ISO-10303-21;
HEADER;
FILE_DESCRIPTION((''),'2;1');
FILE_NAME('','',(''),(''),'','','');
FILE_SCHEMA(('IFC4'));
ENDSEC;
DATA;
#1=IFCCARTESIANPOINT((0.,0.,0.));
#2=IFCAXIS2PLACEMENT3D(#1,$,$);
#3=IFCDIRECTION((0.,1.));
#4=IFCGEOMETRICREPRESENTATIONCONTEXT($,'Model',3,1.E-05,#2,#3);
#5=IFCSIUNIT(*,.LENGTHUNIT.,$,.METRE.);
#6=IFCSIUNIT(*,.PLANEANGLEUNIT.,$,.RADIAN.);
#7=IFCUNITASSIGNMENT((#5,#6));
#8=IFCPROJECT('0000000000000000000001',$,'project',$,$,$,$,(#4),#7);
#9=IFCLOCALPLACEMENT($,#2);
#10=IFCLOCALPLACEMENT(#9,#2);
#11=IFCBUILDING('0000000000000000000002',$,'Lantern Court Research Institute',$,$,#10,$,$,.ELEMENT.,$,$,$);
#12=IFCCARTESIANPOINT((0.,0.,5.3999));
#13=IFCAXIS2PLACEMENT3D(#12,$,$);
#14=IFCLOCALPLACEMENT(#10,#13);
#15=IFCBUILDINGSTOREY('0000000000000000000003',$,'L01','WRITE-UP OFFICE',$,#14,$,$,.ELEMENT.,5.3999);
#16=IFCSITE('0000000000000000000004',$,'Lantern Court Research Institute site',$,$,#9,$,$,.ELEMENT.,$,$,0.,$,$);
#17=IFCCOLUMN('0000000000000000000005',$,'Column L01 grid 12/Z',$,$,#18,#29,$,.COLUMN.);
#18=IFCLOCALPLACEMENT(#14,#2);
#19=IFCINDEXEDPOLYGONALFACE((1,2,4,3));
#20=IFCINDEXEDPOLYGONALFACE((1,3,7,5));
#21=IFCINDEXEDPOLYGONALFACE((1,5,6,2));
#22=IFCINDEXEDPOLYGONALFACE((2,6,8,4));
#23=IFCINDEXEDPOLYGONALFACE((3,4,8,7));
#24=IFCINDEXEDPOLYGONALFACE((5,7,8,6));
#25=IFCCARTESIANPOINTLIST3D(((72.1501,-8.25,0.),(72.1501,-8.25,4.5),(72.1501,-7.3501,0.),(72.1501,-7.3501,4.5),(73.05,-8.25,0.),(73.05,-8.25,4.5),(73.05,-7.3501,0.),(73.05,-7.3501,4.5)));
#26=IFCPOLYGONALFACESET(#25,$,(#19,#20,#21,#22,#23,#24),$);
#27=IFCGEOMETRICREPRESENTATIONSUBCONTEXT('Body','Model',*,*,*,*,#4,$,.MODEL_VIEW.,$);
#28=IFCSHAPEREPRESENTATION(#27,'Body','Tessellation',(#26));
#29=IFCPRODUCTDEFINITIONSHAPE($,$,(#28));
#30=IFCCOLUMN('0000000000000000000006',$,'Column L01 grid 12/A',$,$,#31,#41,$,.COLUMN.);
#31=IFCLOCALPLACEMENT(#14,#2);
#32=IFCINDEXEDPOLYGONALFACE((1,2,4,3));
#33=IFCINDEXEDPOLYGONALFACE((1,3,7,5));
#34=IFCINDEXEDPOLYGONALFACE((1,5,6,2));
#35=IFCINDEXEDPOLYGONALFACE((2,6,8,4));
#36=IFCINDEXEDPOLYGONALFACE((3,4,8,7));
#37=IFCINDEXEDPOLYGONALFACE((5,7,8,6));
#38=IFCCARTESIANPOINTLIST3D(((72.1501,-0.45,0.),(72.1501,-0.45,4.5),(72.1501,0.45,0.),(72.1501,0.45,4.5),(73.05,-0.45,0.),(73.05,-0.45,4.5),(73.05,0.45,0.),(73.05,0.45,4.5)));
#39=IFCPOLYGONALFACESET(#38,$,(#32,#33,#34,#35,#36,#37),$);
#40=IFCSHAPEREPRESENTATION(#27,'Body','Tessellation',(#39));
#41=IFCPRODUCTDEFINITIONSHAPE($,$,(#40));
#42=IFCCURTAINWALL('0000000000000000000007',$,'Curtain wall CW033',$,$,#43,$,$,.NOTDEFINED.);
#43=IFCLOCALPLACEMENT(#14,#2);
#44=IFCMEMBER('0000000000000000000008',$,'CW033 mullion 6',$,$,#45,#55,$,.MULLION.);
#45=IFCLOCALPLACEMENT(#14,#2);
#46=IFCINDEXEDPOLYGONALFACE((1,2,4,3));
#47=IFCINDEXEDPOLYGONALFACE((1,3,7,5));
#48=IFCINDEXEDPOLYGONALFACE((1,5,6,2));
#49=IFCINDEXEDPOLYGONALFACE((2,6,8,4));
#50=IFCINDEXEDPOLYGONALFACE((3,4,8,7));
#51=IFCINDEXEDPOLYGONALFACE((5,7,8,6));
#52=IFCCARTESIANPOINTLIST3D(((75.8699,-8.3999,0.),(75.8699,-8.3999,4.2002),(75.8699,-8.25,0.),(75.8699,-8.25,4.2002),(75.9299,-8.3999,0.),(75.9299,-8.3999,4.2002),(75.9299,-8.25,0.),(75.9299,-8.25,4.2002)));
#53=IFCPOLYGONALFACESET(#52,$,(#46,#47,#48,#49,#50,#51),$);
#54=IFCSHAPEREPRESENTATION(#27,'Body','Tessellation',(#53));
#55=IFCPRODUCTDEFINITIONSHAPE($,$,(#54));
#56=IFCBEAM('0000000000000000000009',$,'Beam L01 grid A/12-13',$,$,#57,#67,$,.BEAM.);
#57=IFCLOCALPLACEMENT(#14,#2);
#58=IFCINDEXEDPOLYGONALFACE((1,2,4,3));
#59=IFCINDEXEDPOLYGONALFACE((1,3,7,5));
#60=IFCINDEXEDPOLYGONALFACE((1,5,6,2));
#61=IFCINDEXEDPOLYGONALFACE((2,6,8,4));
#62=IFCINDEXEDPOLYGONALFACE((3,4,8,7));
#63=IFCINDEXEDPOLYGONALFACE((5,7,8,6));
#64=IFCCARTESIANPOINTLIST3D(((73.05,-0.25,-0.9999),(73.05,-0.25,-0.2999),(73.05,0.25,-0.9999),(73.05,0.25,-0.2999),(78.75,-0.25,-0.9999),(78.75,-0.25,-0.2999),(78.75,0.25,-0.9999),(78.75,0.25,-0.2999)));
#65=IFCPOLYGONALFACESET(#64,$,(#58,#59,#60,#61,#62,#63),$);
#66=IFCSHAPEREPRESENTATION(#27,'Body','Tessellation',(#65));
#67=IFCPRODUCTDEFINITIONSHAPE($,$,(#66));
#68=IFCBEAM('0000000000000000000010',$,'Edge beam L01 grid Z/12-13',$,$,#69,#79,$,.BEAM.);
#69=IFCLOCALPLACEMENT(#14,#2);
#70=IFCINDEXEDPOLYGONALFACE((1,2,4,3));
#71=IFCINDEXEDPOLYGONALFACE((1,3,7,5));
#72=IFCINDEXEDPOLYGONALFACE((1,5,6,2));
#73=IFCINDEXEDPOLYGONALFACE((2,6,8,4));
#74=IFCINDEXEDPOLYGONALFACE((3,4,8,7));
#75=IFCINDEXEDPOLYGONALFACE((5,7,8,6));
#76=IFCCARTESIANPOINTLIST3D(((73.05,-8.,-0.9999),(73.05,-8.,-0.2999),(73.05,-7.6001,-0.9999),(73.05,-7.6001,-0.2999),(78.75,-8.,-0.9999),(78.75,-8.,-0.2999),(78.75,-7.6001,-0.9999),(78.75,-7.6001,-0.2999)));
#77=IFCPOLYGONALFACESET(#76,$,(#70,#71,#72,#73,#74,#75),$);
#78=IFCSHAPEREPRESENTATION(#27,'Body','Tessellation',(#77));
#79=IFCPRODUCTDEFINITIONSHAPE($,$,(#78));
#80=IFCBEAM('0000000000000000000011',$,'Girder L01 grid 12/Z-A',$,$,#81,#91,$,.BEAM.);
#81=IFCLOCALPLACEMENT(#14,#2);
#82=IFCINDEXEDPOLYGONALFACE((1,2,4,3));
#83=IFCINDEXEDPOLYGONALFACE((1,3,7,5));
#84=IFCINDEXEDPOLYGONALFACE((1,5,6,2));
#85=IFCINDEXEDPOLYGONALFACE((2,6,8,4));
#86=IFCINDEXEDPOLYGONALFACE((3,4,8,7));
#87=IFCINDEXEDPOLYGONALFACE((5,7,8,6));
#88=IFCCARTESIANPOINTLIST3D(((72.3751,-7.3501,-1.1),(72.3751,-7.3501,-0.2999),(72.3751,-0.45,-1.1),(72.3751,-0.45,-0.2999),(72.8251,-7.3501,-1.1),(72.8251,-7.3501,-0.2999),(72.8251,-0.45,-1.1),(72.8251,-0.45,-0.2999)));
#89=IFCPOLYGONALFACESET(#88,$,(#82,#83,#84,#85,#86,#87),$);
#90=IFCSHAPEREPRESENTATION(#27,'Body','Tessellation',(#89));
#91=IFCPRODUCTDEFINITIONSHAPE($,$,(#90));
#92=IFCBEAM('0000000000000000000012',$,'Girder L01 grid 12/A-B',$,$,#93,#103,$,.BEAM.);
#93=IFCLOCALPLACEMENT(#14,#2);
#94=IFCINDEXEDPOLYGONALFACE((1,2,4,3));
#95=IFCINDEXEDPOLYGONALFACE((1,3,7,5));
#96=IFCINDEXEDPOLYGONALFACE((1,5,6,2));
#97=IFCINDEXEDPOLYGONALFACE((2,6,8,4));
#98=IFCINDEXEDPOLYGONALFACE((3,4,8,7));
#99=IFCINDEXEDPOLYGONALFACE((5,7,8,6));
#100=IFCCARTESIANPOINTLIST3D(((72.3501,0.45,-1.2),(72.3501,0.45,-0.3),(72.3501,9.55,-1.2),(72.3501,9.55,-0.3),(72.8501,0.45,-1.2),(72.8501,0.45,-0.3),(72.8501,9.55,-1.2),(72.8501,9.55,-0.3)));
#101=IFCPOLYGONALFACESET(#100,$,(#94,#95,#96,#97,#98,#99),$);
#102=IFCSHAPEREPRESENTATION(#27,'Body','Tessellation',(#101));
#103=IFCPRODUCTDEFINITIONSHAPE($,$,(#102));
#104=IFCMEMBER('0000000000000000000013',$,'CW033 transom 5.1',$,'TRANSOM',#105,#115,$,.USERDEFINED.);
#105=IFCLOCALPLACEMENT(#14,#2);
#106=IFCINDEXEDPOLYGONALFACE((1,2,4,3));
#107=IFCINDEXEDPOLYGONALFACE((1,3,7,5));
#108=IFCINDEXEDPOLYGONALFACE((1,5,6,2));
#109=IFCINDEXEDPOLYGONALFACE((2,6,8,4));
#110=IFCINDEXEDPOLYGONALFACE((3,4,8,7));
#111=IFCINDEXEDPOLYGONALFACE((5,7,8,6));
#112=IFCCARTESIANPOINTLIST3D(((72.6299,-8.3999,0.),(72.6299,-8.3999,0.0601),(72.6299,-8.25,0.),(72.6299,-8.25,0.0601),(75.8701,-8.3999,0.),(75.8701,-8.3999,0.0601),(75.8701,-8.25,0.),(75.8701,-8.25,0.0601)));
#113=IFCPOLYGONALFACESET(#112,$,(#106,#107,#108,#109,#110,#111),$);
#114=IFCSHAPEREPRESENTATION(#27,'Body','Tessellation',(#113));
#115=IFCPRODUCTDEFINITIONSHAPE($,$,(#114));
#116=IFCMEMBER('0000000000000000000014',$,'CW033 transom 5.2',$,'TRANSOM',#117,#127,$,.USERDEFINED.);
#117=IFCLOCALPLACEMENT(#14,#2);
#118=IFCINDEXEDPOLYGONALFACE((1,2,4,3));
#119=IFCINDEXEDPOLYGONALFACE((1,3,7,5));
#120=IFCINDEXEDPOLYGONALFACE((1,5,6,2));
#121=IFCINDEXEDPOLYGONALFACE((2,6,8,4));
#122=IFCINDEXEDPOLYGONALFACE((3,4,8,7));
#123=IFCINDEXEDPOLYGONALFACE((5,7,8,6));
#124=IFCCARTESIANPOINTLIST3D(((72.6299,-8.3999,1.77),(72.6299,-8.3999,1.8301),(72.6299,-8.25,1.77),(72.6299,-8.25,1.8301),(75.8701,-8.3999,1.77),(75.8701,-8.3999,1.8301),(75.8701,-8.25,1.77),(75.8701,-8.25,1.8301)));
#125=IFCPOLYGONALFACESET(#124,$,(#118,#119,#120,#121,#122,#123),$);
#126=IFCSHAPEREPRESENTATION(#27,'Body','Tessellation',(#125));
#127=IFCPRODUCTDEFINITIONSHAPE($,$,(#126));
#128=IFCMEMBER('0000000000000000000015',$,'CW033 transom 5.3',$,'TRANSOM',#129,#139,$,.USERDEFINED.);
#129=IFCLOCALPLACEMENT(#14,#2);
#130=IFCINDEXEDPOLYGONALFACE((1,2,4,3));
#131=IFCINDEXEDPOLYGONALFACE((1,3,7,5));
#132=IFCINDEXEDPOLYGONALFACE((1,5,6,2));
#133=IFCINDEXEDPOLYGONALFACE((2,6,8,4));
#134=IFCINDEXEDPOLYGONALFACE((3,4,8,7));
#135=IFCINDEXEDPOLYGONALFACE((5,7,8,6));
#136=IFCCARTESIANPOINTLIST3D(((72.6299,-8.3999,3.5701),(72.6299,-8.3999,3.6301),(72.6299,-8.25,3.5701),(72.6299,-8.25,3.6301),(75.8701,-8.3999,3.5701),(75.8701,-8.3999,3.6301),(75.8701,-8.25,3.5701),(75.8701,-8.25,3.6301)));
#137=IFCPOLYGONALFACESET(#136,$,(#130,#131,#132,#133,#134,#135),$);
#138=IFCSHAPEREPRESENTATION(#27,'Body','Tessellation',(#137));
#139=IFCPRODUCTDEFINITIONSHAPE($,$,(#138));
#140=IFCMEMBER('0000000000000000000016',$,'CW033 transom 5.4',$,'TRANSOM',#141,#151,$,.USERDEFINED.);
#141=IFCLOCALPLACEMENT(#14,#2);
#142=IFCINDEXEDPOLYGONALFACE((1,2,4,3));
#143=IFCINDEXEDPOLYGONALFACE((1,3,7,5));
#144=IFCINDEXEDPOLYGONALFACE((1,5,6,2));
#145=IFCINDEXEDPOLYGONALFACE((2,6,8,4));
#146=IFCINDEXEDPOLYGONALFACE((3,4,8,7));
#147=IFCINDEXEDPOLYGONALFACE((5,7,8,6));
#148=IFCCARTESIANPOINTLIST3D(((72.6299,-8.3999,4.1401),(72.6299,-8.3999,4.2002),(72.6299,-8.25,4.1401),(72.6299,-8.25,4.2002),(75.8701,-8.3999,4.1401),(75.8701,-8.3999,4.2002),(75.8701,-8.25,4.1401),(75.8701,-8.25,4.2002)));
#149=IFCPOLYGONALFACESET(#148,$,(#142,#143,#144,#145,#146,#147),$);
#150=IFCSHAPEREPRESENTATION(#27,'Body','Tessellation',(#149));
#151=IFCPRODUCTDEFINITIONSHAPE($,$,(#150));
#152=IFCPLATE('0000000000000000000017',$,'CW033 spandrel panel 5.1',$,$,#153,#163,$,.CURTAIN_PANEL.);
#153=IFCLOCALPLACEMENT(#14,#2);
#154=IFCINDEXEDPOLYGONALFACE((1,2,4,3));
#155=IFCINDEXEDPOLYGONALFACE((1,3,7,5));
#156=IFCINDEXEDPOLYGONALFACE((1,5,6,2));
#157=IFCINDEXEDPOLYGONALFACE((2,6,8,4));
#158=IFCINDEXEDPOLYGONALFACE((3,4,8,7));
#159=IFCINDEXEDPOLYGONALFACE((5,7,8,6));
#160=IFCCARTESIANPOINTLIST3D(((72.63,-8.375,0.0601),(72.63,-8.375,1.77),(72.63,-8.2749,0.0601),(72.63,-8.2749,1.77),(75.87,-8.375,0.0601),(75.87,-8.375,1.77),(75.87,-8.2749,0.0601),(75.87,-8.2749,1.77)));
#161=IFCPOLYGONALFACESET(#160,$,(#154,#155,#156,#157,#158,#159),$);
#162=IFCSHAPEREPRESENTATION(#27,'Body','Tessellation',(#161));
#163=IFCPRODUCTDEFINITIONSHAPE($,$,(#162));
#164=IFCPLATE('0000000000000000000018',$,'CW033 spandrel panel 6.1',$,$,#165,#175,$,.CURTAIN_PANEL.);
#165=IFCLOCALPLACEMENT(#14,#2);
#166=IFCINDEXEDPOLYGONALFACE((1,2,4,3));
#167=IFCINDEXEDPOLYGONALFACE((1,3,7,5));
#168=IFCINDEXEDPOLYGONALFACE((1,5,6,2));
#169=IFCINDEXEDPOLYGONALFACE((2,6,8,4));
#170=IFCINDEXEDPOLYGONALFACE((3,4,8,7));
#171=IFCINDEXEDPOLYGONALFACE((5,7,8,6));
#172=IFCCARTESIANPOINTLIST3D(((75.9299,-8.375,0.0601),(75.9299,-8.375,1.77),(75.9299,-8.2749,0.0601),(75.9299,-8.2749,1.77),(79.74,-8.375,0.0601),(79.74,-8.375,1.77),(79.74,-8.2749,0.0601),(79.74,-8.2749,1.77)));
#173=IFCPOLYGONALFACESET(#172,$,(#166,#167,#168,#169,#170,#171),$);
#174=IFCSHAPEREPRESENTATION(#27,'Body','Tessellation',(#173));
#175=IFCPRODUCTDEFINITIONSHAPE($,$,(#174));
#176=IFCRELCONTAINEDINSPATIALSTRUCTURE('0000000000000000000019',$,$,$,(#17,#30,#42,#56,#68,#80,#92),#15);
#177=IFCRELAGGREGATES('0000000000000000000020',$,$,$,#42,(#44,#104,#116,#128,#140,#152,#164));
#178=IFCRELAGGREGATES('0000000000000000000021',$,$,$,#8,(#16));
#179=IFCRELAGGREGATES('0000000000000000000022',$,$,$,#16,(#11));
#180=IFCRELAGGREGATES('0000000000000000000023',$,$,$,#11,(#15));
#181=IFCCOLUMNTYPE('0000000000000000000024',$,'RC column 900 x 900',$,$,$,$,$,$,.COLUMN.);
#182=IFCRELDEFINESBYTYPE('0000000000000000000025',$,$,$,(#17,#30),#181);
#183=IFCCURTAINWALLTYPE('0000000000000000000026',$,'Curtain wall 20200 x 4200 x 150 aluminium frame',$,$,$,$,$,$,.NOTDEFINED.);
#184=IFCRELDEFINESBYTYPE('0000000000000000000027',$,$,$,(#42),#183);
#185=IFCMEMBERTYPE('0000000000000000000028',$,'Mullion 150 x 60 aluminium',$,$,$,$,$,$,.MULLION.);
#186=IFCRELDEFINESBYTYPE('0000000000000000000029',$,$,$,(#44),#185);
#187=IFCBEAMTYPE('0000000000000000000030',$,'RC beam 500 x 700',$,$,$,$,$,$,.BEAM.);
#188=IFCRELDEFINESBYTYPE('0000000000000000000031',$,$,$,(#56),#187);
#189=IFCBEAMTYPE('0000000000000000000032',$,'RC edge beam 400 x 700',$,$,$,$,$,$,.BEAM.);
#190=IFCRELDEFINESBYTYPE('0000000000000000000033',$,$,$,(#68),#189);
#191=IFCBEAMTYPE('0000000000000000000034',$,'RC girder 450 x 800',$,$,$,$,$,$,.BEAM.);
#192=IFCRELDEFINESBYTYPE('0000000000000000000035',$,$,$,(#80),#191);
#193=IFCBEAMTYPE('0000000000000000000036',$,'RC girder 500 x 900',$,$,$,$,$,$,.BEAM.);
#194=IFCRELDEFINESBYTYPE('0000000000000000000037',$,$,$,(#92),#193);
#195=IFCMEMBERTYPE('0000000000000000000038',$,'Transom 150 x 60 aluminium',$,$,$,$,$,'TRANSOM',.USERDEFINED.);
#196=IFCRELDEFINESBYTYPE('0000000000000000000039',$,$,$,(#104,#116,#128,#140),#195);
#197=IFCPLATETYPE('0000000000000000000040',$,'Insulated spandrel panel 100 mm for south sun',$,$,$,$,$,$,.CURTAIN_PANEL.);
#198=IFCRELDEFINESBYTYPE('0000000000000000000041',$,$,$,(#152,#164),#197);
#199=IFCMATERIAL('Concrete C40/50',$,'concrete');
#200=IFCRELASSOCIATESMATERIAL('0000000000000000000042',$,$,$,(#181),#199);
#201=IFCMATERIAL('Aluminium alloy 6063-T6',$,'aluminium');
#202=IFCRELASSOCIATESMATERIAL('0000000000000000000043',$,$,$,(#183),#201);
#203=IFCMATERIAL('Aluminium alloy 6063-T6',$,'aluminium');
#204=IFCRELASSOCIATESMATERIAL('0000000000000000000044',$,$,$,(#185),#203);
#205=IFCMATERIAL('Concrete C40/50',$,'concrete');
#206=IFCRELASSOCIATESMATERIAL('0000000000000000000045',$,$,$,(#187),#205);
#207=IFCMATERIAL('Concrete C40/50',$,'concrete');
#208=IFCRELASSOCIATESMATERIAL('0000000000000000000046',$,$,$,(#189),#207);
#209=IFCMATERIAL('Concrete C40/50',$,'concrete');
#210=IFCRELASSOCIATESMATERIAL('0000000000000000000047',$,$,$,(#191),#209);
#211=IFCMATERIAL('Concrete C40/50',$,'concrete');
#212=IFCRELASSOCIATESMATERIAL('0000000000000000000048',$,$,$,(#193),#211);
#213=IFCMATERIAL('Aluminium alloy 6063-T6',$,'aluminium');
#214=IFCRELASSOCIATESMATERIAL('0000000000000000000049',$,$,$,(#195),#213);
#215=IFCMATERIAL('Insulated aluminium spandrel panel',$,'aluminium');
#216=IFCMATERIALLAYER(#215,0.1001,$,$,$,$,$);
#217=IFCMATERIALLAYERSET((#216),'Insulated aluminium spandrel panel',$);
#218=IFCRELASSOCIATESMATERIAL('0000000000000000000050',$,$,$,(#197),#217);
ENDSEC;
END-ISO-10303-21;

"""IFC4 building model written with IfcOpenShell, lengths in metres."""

from ifc_helpers import new_model, si_unit, direction, frame, origin, origin_2d, place, context, subcontext, project, spatial, rectangle, extrude, material, layer, layer_set, material_profile, profile_set, type_object, element, aggregate, save


model = new_model("IFC4")

# Units and contexts
model_context = context("Model", 3, precision=1e-05, world=origin(), true_north=direction((0.0, 1.0)))
body_context = subcontext(model_context, "Body", "Model", "MODEL_VIEW")
ifc_project = project(units=[si_unit("LENGTHUNIT", "METRE"), si_unit("PLANEANGLEUNIT", "RADIAN")], contexts=[model_context])

# Site, building, storey
site_placement = place(None, origin())
site = spatial("IfcSite", under=ifc_project, at=site_placement, Name="Lantern Court Research Institute site", CompositionType="ELEMENT", RefElevation=0.0)
building_placement = place(site_placement, origin())
building = spatial("IfcBuilding", under=site, at=building_placement, Name="Lantern Court Research Institute", CompositionType="ELEMENT")
storey_placement = place(building_placement, frame((0.0, 0.0, 5.3999)))
storey = spatial("IfcBuildingStorey", under=building, at=storey_placement, Name="L01", Description="WRITE-UP OFFICE", CompositionType="ELEMENT", Elevation=5.3999)

# Columns
ifc_material_1 = material(Name="Concrete C40/50", Category="concrete")
ifc_material_profile_1 = material_profile(ifc_material_1, rectangle(XDim=0.8999, YDim=0.8999, at=origin_2d()), Name="RC column 900 x 900")
ifc_profile_set_1 = profile_set([ifc_material_profile_1], Name="Concrete C40/50")
column_type = type_object("IfcColumnType", Name="RC column 900 x 900", PredefinedType="COLUMN", material=ifc_profile_set_1)
for number, where, z_axis, x_axis, name in (
    (1, (72.6001, -7.8, 0.0), (0.0, 0.0, 1.0), (1.0, 0.0, 0.0), "Column L01 grid 12/Z"),
    (2, (72.6001, 0.0, 0.0), (0.0, 0.0, 1.0), (1.0, 0.0, 0.0), "Column L01 grid 12/A"),
):
    element("IfcColumn", number, at=place(storey_placement, frame(where, z_axis=z_axis, x_axis=x_axis)), inside=storey, type_object=column_type, Name=name, PredefinedType="COLUMN", context=body_context, shape_type="SweptSolid", body=[
        extrude(rectangle(XDim=0.8999, YDim=0.8999, at=origin_2d()), origin(), (0.0, 0.0, 1.0), 4.5),
    ])

# Curtain wall, member
ifc_material_2 = material(Name="Aluminium alloy 6063-T6", Category="aluminium")
curtain_wall_type = type_object("IfcCurtainWallType", Name="Curtain wall 20200 x 4200 x 150 aluminium frame", PredefinedType="NOTDEFINED", material=ifc_material_2)
curtain_wall_placement = place(storey_placement, origin())
curtain_wall = element("IfcCurtainWall", 3, at=curtain_wall_placement, inside=storey, type_object=curtain_wall_type, Name="Curtain wall CW033", PredefinedType="NOTDEFINED")
ifc_material_3 = material(Name="Aluminium alloy 6063-T6", Category="aluminium")
ifc_material_profile_2 = material_profile(ifc_material_3, rectangle(XDim=0.1499, YDim=0.0601, at=origin_2d()), Name="Mullion 150 x 60")
ifc_profile_set_2 = profile_set([ifc_material_profile_2], Name="Aluminium alloy 6063-T6")
member_type_1 = type_object("IfcMemberType", Name="Mullion 150 x 60 aluminium", PredefinedType="MULLION", material=ifc_profile_set_2)
member_1_placement = place(storey_placement, frame((75.8999, -8.325, 0.0), z_axis=(0.0, 0.0, 1.0), x_axis=(0.0, -1.0, 0.0)))
member_1 = element("IfcMember", 4, at=member_1_placement, type_object=member_type_1, Name="CW033 mullion 6", PredefinedType="MULLION", context=body_context, shape_type="SweptSolid", body=[
    extrude(rectangle(XDim=0.1499, YDim=0.0601, at=origin_2d()), origin(), (0.0, 0.0, 1.0), 4.2002),
])

# Beams
ifc_material_4 = material(Name="Concrete C40/50", Category="concrete")
ifc_material_profile_3 = material_profile(ifc_material_4, rectangle(XDim=0.5, YDim=0.7, at=origin_2d()), Name="RC beam 500 x 700")
ifc_profile_set_3 = profile_set([ifc_material_profile_3], Name="Concrete C40/50")
beam_type_1 = type_object("IfcBeamType", Name="RC beam 500 x 700", PredefinedType="BEAM", material=ifc_profile_set_3)
beam_1_placement = place(storey_placement, frame((73.05, 0.0, -0.6499), z_axis=(1.0, 0.0, 0.0), x_axis=(0.0, 1.0, 0.0)))
element("IfcBeam", 5, at=beam_1_placement, inside=storey, type_object=beam_type_1, Name="Beam L01 grid A/12-13", PredefinedType="BEAM", context=body_context, shape_type="SweptSolid", body=[
    extrude(rectangle(XDim=0.5, YDim=0.7, at=origin_2d()), origin(), (0.0, 0.0, 1.0), 5.7),
])
ifc_material_5 = material(Name="Concrete C40/50", Category="concrete")
ifc_material_profile_4 = material_profile(ifc_material_5, rectangle(XDim=0.3999, YDim=0.7, at=origin_2d()), Name="RC beam 400 x 700")
ifc_profile_set_4 = profile_set([ifc_material_profile_4], Name="Concrete C40/50")
beam_type_2 = type_object("IfcBeamType", Name="RC edge beam 400 x 700", PredefinedType="BEAM", material=ifc_profile_set_4)
beam_2_placement = place(storey_placement, frame((73.05, -7.8, -0.6499), z_axis=(1.0, 0.0, 0.0), x_axis=(0.0, 1.0, 0.0)))
element("IfcBeam", 6, at=beam_2_placement, inside=storey, type_object=beam_type_2, Name="Edge beam L01 grid Z/12-13", PredefinedType="BEAM", context=body_context, shape_type="SweptSolid", body=[
    extrude(rectangle(XDim=0.3999, YDim=0.7, at=origin_2d()), origin(), (0.0, 0.0, 1.0), 5.7),
])
ifc_material_6 = material(Name="Concrete C40/50", Category="concrete")
ifc_material_profile_5 = material_profile(ifc_material_6, rectangle(XDim=0.45, YDim=0.8, at=origin_2d()), Name="RC beam 450 x 800")
ifc_profile_set_5 = profile_set([ifc_material_profile_5], Name="Concrete C40/50")
beam_type_3 = type_object("IfcBeamType", Name="RC girder 450 x 800", PredefinedType="BEAM", material=ifc_profile_set_5)
beam_3_placement = place(storey_placement, frame((72.6001, -7.3501, -0.7), z_axis=(0.0, 1.0, 0.0), x_axis=(-1.0, 0.0, 0.0)))
element("IfcBeam", 7, at=beam_3_placement, inside=storey, type_object=beam_type_3, Name="Girder L01 grid 12/Z-A", PredefinedType="BEAM", context=body_context, shape_type="SweptSolid", body=[
    extrude(rectangle(XDim=0.45, YDim=0.8, at=origin_2d()), origin(), (0.0, 0.0, 1.0), 6.9001),
])
ifc_material_7 = material(Name="Concrete C40/50", Category="concrete")
ifc_material_profile_6 = material_profile(ifc_material_7, rectangle(XDim=0.5, YDim=0.8999, at=origin_2d()), Name="RC beam 500 x 900")
ifc_profile_set_6 = profile_set([ifc_material_profile_6], Name="Concrete C40/50")
beam_type_4 = type_object("IfcBeamType", Name="RC girder 500 x 900", PredefinedType="BEAM", material=ifc_profile_set_6)
beam_4_placement = place(storey_placement, frame((72.6001, 0.45, -0.75), z_axis=(0.0, 1.0, 0.0), x_axis=(-1.0, 0.0, 0.0)))
element("IfcBeam", 8, at=beam_4_placement, inside=storey, type_object=beam_type_4, Name="Girder L01 grid 12/A-B", PredefinedType="BEAM", context=body_context, shape_type="SweptSolid", body=[
    extrude(rectangle(XDim=0.5, YDim=0.8999, at=origin_2d()), origin(), (0.0, 0.0, 1.0), 9.1001),
])

# Members
ifc_material_8 = material(Name="Aluminium alloy 6063-T6", Category="aluminium")
ifc_material_profile_7 = material_profile(ifc_material_8, rectangle(XDim=0.1499, YDim=0.0601, at=origin_2d()), Name="Transom 150 x 60")
ifc_profile_set_7 = profile_set([ifc_material_profile_7], Name="Aluminium alloy 6063-T6")
member_type_2 = type_object("IfcMemberType", Name="Transom 150 x 60 aluminium", ElementType="TRANSOM", PredefinedType="USERDEFINED", material=ifc_profile_set_7)
member_2_placement = place(storey_placement, frame((75.8701, -8.325, 0.03), z_axis=(-1.0, 0.0, 0.0), x_axis=(0.0, -1.0, 0.0)))
member_2 = element("IfcMember", 9, at=member_2_placement, type_object=member_type_2, Name="CW033 transom 5.1", ObjectType="TRANSOM", PredefinedType="USERDEFINED", context=body_context, shape_type="SweptSolid", body=[
    extrude(rectangle(XDim=0.1499, YDim=0.0601, at=origin_2d()), origin(), (0.0, 0.0, 1.0), 3.2402),
])
member_3_placement = place(storey_placement, frame((75.8701, -8.325, 1.8), z_axis=(-1.0, 0.0, 0.0), x_axis=(0.0, -1.0, 0.0)))
member_3 = element("IfcMember", 10, at=member_3_placement, type_object=member_type_2, Name="CW033 transom 5.2", ObjectType="TRANSOM", PredefinedType="USERDEFINED", context=body_context, shape_type="SweptSolid", body=[
    extrude(rectangle(XDim=0.1499, YDim=0.0601, at=origin_2d()), origin(), (0.0, 0.0, 1.0), 3.2402),
])
member_4_placement = place(storey_placement, frame((75.8701, -8.325, 3.6001), z_axis=(-1.0, 0.0, 0.0), x_axis=(0.0, -1.0, 0.0)))
member_4 = element("IfcMember", 11, at=member_4_placement, type_object=member_type_2, Name="CW033 transom 5.3", ObjectType="TRANSOM", PredefinedType="USERDEFINED", context=body_context, shape_type="SweptSolid", body=[
    extrude(rectangle(XDim=0.1499, YDim=0.0601, at=origin_2d()), origin(), (0.0, 0.0, 1.0), 3.2402),
])
member_5_placement = place(storey_placement, frame((75.8701, -8.325, 4.1702), z_axis=(-1.0, 0.0, 0.0), x_axis=(0.0, -1.0, 0.0)))
member_5 = element("IfcMember", 12, at=member_5_placement, type_object=member_type_2, Name="CW033 transom 5.4", ObjectType="TRANSOM", PredefinedType="USERDEFINED", context=body_context, shape_type="SweptSolid", body=[
    extrude(rectangle(XDim=0.1499, YDim=0.0601, at=origin_2d()), origin(), (0.0, 0.0, 1.0), 3.2402),
])

# Plates
ifc_material_9 = material(Name="Insulated aluminium spandrel panel", Category="aluminium")
ifc_layer_1 = layer(ifc_material_9, 0.1001)
ifc_layer_set_1 = layer_set([ifc_layer_1], Name="Insulated aluminium spandrel panel")
plate_type_1 = type_object("IfcPlateType", Name="Insulated spandrel panel 100 mm for south sun", PredefinedType="CURTAIN_PANEL", material=ifc_layer_set_1)
plate_1_placement = place(storey_placement, frame((74.25, -8.325, 0.0601), z_axis=(0.0, 0.0, 1.0), x_axis=(-1.0, 0.0, 0.0)))
plate_1 = element("IfcPlate", 13, at=plate_1_placement, type_object=plate_type_1, Name="CW033 spandrel panel 5.1", PredefinedType="CURTAIN_PANEL", context=body_context, shape_type="SweptSolid", body=[
    extrude(rectangle(XDim=3.24, YDim=0.1001, at=origin_2d()), origin(), (0.0, 0.0, 1.0), 1.71),
])
plate_2_placement = place(storey_placement, frame((77.835, -8.325, 0.0601), z_axis=(0.0, 0.0, 1.0), x_axis=(-1.0, 0.0, 0.0)))
plate_2 = element("IfcPlate", 14, at=plate_2_placement, type_object=plate_type_1, Name="CW033 spandrel panel 6.1", PredefinedType="CURTAIN_PANEL", context=body_context, shape_type="SweptSolid", body=[
    extrude(rectangle(XDim=3.8101, YDim=0.1001, at=origin_2d()), origin(), (0.0, 0.0, 1.0), 1.71),
])
aggregate(curtain_wall, [member_1, member_2, member_3, member_4, member_5, plate_1, plate_2])

save(model, "model.ifc")
